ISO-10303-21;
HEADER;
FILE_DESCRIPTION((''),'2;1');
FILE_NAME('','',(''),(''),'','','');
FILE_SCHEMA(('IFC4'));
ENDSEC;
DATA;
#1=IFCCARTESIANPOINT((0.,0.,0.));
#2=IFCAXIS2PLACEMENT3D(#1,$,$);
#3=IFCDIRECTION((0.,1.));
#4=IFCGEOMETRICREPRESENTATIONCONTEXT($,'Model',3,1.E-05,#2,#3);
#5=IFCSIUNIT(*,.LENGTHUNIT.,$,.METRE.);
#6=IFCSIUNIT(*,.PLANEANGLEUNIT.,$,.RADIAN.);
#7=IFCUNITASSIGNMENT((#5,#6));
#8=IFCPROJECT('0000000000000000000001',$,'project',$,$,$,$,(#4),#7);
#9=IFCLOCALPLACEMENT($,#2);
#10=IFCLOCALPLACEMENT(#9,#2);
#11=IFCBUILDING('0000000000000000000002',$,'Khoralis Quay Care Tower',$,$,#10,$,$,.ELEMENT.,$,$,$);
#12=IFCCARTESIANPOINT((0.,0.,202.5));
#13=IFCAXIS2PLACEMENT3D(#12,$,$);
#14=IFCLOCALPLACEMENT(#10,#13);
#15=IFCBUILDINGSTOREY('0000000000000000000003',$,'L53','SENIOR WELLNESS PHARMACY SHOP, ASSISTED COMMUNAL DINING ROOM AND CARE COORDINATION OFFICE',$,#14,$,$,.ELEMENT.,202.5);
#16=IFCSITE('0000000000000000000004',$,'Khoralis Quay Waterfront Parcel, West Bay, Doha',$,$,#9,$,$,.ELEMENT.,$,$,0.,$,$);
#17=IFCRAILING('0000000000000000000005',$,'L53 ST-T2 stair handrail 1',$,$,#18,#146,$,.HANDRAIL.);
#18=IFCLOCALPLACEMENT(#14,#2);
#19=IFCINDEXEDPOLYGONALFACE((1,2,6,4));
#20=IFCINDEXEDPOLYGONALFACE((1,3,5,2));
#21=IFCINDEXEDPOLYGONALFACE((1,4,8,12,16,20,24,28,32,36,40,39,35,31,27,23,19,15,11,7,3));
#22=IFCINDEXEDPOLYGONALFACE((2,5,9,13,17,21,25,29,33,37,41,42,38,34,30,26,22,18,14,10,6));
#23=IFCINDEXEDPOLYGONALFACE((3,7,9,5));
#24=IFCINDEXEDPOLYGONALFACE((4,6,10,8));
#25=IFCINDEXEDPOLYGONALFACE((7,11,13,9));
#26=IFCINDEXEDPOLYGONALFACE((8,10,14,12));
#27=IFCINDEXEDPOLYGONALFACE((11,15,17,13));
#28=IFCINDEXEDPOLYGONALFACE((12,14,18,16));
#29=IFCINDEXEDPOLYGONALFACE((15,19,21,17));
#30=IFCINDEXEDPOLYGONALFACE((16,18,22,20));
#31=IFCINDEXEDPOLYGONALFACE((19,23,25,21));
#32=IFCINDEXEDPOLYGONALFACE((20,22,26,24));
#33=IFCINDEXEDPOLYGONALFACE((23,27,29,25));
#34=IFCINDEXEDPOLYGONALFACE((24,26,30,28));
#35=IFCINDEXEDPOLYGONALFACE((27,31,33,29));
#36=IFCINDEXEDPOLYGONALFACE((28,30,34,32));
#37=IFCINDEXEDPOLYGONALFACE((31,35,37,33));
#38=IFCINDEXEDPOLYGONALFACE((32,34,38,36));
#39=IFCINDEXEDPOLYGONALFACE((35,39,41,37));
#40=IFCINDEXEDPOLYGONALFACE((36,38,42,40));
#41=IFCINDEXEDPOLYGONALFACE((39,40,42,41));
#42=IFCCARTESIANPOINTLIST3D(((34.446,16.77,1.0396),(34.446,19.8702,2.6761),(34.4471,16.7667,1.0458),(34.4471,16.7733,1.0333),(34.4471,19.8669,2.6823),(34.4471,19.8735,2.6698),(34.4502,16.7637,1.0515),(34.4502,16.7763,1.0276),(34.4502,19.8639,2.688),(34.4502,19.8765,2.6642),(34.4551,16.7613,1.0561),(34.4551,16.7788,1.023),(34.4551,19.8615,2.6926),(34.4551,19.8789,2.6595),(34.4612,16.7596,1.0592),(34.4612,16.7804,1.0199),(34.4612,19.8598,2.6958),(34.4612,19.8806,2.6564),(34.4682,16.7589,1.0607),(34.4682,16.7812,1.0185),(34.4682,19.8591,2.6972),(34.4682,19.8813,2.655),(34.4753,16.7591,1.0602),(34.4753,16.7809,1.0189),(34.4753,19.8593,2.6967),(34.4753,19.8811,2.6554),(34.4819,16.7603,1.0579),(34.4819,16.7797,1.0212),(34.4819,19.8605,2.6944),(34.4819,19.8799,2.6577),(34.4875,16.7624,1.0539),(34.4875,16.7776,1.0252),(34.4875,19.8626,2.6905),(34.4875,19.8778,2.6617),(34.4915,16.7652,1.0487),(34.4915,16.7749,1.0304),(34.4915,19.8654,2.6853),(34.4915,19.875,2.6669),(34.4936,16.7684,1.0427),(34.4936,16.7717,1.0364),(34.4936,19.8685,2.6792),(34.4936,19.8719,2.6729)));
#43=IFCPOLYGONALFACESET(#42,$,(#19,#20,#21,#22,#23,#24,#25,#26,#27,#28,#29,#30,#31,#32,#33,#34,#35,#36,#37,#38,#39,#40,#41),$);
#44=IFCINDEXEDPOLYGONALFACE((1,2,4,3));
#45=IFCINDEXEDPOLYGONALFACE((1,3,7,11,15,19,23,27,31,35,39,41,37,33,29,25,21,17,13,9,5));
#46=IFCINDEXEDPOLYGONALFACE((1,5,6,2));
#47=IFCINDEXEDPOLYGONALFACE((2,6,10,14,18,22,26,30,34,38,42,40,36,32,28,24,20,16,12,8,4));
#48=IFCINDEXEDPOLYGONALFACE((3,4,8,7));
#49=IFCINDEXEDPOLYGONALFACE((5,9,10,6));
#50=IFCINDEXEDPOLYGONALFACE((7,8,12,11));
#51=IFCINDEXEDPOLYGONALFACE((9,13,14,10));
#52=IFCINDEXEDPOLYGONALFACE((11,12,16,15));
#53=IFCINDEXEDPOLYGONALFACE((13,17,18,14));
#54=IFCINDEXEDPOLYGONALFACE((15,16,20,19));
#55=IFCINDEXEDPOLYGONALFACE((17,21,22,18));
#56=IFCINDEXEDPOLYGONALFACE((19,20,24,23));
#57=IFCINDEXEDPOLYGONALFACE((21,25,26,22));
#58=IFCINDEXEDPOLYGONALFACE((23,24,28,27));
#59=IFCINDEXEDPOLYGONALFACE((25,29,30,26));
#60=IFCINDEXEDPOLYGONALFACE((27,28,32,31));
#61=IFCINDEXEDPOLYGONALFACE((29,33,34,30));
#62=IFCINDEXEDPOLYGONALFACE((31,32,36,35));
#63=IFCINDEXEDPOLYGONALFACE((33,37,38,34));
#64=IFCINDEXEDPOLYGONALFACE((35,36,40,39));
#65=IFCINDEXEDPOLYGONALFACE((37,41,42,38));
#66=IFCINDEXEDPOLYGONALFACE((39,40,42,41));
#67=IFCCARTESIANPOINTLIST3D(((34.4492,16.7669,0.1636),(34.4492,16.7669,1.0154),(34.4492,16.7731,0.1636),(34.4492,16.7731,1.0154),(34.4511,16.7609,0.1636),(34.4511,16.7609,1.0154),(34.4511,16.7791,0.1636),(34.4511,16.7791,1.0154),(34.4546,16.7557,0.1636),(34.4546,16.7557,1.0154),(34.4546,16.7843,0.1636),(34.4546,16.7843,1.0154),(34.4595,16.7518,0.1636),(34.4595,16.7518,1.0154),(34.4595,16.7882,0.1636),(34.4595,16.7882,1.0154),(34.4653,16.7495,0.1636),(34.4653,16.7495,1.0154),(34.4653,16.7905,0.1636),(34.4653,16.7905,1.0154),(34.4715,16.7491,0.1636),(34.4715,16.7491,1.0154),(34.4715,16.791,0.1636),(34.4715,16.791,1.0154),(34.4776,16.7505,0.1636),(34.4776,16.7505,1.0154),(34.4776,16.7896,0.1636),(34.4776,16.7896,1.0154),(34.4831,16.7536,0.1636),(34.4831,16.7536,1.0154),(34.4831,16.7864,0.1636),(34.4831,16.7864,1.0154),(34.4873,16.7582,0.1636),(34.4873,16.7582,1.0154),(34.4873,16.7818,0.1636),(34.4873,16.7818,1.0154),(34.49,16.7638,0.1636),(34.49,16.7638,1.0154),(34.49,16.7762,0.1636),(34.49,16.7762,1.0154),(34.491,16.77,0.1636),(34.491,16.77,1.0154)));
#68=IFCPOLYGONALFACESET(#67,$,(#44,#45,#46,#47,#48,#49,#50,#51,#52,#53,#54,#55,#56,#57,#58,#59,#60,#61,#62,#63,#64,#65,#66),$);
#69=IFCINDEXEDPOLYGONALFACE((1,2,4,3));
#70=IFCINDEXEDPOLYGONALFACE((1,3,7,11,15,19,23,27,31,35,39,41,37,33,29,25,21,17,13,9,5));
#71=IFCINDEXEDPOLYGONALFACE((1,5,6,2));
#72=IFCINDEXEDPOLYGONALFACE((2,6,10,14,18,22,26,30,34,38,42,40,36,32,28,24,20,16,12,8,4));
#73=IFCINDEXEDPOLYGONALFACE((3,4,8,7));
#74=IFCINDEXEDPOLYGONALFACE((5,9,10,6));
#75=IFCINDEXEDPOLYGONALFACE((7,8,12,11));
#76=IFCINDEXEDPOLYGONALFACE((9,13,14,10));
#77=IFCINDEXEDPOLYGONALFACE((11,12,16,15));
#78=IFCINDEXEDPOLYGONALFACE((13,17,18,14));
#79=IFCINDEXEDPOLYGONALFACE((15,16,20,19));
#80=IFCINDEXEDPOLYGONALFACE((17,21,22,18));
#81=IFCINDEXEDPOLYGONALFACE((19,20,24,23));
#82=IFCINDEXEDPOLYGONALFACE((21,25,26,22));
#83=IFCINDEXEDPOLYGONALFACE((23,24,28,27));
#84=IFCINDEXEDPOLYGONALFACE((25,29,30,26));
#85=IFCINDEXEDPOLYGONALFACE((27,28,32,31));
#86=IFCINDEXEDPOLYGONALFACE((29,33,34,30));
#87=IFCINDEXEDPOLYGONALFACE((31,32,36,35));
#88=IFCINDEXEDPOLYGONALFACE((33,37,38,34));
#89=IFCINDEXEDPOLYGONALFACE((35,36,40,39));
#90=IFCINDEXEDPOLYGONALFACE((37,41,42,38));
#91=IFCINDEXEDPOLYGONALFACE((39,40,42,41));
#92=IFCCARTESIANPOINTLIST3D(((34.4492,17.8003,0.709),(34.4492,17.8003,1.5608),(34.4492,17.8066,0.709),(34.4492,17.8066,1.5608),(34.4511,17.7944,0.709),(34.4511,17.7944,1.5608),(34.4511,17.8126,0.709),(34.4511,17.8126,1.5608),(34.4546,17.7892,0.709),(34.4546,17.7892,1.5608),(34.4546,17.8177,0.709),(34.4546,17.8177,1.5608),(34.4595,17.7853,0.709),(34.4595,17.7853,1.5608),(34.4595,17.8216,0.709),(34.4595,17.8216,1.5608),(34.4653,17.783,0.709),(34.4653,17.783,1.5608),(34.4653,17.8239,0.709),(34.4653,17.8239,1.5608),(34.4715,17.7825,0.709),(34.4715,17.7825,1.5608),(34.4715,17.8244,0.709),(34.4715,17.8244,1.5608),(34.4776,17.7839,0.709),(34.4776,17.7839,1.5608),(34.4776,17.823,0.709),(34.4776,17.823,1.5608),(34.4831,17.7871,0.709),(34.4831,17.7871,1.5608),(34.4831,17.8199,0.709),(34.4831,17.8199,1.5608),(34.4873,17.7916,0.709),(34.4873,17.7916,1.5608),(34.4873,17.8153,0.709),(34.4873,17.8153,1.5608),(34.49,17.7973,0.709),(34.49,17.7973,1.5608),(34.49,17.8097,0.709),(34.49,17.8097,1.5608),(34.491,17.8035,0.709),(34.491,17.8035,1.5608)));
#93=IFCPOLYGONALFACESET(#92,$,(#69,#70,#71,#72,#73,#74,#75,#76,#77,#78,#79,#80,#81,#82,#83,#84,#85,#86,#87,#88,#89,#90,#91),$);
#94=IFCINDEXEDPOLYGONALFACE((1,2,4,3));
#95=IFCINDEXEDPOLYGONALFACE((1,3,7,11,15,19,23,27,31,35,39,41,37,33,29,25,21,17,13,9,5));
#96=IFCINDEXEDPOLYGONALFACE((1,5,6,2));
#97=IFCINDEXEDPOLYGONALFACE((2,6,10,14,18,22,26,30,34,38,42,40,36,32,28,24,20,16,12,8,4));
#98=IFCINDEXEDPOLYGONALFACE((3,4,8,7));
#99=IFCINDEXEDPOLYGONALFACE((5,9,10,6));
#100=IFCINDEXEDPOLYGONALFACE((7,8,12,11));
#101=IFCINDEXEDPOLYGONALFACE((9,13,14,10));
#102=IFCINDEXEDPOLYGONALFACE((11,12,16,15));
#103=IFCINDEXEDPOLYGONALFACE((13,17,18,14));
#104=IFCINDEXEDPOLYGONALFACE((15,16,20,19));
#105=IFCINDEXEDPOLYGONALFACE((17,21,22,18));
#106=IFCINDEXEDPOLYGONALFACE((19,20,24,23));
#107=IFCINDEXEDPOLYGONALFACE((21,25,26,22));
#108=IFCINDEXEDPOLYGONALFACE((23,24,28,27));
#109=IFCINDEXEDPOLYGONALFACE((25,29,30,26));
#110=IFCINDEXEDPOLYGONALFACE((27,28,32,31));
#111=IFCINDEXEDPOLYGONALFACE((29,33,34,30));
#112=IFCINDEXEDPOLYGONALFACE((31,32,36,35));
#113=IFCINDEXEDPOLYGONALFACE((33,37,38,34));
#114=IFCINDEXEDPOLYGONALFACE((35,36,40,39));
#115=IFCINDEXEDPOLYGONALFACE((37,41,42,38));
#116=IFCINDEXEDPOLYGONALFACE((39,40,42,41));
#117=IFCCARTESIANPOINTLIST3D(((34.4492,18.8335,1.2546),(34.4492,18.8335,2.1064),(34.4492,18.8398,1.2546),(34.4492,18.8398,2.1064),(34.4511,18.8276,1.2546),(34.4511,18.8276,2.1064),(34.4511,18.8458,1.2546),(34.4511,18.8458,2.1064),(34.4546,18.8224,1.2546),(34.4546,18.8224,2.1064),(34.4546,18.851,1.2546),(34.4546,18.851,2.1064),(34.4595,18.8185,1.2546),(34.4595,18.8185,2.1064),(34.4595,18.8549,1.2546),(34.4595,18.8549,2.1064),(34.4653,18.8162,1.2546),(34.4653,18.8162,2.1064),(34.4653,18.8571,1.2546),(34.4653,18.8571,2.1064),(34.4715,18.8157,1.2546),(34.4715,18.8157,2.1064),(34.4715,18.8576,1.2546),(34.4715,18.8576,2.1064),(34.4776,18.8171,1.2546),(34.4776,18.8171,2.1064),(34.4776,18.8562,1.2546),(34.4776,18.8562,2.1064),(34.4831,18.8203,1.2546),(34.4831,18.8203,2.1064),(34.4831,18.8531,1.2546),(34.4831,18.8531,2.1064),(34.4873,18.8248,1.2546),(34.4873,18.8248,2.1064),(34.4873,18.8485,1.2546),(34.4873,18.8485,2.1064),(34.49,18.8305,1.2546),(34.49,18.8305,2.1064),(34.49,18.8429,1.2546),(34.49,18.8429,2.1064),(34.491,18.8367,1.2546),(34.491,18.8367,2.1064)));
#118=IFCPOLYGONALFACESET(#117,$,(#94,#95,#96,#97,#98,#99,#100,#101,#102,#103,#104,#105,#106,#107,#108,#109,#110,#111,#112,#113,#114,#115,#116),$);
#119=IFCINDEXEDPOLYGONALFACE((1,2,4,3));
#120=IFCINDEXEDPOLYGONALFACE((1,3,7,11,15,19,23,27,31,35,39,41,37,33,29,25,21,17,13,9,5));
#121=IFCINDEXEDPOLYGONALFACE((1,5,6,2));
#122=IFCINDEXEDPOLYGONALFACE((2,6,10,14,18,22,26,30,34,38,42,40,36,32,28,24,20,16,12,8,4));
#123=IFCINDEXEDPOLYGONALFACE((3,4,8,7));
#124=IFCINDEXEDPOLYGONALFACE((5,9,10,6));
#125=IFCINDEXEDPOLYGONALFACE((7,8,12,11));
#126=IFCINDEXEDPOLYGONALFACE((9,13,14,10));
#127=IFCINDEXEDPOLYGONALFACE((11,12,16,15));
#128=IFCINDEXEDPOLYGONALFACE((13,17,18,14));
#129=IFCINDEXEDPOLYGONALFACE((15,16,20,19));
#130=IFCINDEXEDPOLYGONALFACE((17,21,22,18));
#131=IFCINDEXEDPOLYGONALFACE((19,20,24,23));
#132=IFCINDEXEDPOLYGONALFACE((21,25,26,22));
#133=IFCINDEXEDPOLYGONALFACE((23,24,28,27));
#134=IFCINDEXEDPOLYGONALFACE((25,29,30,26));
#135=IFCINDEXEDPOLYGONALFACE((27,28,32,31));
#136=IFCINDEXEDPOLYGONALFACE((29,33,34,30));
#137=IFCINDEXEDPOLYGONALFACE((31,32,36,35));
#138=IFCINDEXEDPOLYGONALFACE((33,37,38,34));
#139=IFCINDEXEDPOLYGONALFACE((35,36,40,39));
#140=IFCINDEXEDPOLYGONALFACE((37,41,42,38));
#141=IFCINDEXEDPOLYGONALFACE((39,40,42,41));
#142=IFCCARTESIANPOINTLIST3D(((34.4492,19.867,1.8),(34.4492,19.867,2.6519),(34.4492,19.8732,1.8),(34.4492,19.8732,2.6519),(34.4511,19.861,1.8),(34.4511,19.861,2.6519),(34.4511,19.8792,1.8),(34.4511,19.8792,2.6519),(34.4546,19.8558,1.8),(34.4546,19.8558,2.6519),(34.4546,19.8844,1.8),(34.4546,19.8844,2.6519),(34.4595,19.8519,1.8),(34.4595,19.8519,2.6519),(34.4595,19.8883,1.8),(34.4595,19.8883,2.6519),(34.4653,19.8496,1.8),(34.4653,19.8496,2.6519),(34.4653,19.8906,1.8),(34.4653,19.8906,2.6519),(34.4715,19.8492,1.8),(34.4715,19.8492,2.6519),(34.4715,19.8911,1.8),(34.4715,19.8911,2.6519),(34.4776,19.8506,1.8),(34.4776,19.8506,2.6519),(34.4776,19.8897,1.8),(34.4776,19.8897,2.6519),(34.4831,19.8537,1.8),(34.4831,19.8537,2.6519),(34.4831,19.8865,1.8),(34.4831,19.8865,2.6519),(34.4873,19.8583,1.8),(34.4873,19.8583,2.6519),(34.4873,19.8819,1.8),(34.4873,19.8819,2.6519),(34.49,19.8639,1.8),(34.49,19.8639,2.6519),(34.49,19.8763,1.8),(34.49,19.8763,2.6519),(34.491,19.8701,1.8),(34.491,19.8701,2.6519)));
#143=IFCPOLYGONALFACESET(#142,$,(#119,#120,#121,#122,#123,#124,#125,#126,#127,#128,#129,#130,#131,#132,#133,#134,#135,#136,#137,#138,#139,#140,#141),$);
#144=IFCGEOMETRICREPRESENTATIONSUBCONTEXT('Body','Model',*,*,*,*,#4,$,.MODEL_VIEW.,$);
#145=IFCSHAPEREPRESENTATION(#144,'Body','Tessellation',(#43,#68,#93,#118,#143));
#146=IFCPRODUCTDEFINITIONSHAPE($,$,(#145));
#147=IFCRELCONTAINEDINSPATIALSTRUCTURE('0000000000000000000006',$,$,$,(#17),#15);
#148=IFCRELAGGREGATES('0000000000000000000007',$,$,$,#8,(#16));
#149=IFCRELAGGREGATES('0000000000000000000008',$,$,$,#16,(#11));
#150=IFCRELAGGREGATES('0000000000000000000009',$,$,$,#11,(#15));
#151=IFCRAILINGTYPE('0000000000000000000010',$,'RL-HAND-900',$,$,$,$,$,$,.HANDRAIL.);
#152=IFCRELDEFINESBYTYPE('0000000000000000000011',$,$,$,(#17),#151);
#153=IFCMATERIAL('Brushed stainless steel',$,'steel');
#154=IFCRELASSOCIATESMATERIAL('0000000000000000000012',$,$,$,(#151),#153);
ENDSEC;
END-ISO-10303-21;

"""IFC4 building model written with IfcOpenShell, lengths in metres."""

from ifc_helpers import new_model, si_unit, direction, frame, origin, origin_2d, place, context, subcontext, project, spatial, circle, extrude, material, type_object, element, save


model = new_model("IFC4")

# Units and contexts
model_context = context("Model", 3, precision=1e-05, world=origin(), true_north=direction((0.0, 1.0)))
body_context = subcontext(model_context, "Body", "Model", "MODEL_VIEW")
ifc_project = project(units=[si_unit("LENGTHUNIT", "METRE"), si_unit("PLANEANGLEUNIT", "RADIAN")], contexts=[model_context])

# Site, building, storey
site_placement = place(None, origin())
site = spatial("IfcSite", under=ifc_project, at=site_placement, Name="Khoralis Quay Waterfront Parcel, West Bay, Doha", CompositionType="ELEMENT", RefElevation=0.0)
building_placement = place(site_placement, origin())
building = spatial("IfcBuilding", under=site, at=building_placement, Name="Khoralis Quay Care Tower", CompositionType="ELEMENT")
storey_placement = place(building_placement, frame((0.0, 0.0, 202.5)))
storey = spatial("IfcBuildingStorey", under=building, at=storey_placement, Name="L53", Description="SENIOR WELLNESS PHARMACY SHOP, ASSISTED COMMUNAL DINING ROOM AND CARE COORDINATION OFFICE", CompositionType="ELEMENT", Elevation=202.5)

# Shared definitions
ifc_material_1 = material(Name="Brushed stainless steel", Category="steel")

# Railing
railing_type_1 = type_object("IfcRailingType", Name="RL-HAND-900", PredefinedType="HANDRAIL", material=ifc_material_1)
railing_1_placement = place(storey_placement, frame((34.47, 16.77, 0.1636)))
element("IfcRailing", 1, at=railing_1_placement, inside=storey, type_object=railing_type_1, Name="L53 ST-T2 stair handrail 1", PredefinedType="HANDRAIL", context=body_context, shape_type="SweptSolid", body=[
    extrude(circle(Radius=0.0239, at=origin_2d()), frame((0.0, 0.0, 0.876), z_axis=(0.0, 0.884348, 0.466828), x_axis=(-1.0, 0.0, 0.0)), (0.0, 0.0, 1.0), 3.5056),
    extrude(circle(Radius=0.021, at=origin_2d()), origin(), (0.0, 0.0, 1.0), 0.8518),
    extrude(circle(Radius=0.021, at=origin_2d()), frame((0.0, 1.0334, 0.5454)), (0.0, 0.0, 1.0), 0.8518),
    extrude(circle(Radius=0.021, at=origin_2d()), frame((0.0, 2.0667, 1.0911)), (0.0, 0.0, 1.0), 0.8518),
    extrude(circle(Radius=0.021, at=origin_2d()), frame((0.0, 3.1001, 1.6365)), (0.0, 0.0, 1.0), 0.8518),
])

save(model, "model.ifc")
